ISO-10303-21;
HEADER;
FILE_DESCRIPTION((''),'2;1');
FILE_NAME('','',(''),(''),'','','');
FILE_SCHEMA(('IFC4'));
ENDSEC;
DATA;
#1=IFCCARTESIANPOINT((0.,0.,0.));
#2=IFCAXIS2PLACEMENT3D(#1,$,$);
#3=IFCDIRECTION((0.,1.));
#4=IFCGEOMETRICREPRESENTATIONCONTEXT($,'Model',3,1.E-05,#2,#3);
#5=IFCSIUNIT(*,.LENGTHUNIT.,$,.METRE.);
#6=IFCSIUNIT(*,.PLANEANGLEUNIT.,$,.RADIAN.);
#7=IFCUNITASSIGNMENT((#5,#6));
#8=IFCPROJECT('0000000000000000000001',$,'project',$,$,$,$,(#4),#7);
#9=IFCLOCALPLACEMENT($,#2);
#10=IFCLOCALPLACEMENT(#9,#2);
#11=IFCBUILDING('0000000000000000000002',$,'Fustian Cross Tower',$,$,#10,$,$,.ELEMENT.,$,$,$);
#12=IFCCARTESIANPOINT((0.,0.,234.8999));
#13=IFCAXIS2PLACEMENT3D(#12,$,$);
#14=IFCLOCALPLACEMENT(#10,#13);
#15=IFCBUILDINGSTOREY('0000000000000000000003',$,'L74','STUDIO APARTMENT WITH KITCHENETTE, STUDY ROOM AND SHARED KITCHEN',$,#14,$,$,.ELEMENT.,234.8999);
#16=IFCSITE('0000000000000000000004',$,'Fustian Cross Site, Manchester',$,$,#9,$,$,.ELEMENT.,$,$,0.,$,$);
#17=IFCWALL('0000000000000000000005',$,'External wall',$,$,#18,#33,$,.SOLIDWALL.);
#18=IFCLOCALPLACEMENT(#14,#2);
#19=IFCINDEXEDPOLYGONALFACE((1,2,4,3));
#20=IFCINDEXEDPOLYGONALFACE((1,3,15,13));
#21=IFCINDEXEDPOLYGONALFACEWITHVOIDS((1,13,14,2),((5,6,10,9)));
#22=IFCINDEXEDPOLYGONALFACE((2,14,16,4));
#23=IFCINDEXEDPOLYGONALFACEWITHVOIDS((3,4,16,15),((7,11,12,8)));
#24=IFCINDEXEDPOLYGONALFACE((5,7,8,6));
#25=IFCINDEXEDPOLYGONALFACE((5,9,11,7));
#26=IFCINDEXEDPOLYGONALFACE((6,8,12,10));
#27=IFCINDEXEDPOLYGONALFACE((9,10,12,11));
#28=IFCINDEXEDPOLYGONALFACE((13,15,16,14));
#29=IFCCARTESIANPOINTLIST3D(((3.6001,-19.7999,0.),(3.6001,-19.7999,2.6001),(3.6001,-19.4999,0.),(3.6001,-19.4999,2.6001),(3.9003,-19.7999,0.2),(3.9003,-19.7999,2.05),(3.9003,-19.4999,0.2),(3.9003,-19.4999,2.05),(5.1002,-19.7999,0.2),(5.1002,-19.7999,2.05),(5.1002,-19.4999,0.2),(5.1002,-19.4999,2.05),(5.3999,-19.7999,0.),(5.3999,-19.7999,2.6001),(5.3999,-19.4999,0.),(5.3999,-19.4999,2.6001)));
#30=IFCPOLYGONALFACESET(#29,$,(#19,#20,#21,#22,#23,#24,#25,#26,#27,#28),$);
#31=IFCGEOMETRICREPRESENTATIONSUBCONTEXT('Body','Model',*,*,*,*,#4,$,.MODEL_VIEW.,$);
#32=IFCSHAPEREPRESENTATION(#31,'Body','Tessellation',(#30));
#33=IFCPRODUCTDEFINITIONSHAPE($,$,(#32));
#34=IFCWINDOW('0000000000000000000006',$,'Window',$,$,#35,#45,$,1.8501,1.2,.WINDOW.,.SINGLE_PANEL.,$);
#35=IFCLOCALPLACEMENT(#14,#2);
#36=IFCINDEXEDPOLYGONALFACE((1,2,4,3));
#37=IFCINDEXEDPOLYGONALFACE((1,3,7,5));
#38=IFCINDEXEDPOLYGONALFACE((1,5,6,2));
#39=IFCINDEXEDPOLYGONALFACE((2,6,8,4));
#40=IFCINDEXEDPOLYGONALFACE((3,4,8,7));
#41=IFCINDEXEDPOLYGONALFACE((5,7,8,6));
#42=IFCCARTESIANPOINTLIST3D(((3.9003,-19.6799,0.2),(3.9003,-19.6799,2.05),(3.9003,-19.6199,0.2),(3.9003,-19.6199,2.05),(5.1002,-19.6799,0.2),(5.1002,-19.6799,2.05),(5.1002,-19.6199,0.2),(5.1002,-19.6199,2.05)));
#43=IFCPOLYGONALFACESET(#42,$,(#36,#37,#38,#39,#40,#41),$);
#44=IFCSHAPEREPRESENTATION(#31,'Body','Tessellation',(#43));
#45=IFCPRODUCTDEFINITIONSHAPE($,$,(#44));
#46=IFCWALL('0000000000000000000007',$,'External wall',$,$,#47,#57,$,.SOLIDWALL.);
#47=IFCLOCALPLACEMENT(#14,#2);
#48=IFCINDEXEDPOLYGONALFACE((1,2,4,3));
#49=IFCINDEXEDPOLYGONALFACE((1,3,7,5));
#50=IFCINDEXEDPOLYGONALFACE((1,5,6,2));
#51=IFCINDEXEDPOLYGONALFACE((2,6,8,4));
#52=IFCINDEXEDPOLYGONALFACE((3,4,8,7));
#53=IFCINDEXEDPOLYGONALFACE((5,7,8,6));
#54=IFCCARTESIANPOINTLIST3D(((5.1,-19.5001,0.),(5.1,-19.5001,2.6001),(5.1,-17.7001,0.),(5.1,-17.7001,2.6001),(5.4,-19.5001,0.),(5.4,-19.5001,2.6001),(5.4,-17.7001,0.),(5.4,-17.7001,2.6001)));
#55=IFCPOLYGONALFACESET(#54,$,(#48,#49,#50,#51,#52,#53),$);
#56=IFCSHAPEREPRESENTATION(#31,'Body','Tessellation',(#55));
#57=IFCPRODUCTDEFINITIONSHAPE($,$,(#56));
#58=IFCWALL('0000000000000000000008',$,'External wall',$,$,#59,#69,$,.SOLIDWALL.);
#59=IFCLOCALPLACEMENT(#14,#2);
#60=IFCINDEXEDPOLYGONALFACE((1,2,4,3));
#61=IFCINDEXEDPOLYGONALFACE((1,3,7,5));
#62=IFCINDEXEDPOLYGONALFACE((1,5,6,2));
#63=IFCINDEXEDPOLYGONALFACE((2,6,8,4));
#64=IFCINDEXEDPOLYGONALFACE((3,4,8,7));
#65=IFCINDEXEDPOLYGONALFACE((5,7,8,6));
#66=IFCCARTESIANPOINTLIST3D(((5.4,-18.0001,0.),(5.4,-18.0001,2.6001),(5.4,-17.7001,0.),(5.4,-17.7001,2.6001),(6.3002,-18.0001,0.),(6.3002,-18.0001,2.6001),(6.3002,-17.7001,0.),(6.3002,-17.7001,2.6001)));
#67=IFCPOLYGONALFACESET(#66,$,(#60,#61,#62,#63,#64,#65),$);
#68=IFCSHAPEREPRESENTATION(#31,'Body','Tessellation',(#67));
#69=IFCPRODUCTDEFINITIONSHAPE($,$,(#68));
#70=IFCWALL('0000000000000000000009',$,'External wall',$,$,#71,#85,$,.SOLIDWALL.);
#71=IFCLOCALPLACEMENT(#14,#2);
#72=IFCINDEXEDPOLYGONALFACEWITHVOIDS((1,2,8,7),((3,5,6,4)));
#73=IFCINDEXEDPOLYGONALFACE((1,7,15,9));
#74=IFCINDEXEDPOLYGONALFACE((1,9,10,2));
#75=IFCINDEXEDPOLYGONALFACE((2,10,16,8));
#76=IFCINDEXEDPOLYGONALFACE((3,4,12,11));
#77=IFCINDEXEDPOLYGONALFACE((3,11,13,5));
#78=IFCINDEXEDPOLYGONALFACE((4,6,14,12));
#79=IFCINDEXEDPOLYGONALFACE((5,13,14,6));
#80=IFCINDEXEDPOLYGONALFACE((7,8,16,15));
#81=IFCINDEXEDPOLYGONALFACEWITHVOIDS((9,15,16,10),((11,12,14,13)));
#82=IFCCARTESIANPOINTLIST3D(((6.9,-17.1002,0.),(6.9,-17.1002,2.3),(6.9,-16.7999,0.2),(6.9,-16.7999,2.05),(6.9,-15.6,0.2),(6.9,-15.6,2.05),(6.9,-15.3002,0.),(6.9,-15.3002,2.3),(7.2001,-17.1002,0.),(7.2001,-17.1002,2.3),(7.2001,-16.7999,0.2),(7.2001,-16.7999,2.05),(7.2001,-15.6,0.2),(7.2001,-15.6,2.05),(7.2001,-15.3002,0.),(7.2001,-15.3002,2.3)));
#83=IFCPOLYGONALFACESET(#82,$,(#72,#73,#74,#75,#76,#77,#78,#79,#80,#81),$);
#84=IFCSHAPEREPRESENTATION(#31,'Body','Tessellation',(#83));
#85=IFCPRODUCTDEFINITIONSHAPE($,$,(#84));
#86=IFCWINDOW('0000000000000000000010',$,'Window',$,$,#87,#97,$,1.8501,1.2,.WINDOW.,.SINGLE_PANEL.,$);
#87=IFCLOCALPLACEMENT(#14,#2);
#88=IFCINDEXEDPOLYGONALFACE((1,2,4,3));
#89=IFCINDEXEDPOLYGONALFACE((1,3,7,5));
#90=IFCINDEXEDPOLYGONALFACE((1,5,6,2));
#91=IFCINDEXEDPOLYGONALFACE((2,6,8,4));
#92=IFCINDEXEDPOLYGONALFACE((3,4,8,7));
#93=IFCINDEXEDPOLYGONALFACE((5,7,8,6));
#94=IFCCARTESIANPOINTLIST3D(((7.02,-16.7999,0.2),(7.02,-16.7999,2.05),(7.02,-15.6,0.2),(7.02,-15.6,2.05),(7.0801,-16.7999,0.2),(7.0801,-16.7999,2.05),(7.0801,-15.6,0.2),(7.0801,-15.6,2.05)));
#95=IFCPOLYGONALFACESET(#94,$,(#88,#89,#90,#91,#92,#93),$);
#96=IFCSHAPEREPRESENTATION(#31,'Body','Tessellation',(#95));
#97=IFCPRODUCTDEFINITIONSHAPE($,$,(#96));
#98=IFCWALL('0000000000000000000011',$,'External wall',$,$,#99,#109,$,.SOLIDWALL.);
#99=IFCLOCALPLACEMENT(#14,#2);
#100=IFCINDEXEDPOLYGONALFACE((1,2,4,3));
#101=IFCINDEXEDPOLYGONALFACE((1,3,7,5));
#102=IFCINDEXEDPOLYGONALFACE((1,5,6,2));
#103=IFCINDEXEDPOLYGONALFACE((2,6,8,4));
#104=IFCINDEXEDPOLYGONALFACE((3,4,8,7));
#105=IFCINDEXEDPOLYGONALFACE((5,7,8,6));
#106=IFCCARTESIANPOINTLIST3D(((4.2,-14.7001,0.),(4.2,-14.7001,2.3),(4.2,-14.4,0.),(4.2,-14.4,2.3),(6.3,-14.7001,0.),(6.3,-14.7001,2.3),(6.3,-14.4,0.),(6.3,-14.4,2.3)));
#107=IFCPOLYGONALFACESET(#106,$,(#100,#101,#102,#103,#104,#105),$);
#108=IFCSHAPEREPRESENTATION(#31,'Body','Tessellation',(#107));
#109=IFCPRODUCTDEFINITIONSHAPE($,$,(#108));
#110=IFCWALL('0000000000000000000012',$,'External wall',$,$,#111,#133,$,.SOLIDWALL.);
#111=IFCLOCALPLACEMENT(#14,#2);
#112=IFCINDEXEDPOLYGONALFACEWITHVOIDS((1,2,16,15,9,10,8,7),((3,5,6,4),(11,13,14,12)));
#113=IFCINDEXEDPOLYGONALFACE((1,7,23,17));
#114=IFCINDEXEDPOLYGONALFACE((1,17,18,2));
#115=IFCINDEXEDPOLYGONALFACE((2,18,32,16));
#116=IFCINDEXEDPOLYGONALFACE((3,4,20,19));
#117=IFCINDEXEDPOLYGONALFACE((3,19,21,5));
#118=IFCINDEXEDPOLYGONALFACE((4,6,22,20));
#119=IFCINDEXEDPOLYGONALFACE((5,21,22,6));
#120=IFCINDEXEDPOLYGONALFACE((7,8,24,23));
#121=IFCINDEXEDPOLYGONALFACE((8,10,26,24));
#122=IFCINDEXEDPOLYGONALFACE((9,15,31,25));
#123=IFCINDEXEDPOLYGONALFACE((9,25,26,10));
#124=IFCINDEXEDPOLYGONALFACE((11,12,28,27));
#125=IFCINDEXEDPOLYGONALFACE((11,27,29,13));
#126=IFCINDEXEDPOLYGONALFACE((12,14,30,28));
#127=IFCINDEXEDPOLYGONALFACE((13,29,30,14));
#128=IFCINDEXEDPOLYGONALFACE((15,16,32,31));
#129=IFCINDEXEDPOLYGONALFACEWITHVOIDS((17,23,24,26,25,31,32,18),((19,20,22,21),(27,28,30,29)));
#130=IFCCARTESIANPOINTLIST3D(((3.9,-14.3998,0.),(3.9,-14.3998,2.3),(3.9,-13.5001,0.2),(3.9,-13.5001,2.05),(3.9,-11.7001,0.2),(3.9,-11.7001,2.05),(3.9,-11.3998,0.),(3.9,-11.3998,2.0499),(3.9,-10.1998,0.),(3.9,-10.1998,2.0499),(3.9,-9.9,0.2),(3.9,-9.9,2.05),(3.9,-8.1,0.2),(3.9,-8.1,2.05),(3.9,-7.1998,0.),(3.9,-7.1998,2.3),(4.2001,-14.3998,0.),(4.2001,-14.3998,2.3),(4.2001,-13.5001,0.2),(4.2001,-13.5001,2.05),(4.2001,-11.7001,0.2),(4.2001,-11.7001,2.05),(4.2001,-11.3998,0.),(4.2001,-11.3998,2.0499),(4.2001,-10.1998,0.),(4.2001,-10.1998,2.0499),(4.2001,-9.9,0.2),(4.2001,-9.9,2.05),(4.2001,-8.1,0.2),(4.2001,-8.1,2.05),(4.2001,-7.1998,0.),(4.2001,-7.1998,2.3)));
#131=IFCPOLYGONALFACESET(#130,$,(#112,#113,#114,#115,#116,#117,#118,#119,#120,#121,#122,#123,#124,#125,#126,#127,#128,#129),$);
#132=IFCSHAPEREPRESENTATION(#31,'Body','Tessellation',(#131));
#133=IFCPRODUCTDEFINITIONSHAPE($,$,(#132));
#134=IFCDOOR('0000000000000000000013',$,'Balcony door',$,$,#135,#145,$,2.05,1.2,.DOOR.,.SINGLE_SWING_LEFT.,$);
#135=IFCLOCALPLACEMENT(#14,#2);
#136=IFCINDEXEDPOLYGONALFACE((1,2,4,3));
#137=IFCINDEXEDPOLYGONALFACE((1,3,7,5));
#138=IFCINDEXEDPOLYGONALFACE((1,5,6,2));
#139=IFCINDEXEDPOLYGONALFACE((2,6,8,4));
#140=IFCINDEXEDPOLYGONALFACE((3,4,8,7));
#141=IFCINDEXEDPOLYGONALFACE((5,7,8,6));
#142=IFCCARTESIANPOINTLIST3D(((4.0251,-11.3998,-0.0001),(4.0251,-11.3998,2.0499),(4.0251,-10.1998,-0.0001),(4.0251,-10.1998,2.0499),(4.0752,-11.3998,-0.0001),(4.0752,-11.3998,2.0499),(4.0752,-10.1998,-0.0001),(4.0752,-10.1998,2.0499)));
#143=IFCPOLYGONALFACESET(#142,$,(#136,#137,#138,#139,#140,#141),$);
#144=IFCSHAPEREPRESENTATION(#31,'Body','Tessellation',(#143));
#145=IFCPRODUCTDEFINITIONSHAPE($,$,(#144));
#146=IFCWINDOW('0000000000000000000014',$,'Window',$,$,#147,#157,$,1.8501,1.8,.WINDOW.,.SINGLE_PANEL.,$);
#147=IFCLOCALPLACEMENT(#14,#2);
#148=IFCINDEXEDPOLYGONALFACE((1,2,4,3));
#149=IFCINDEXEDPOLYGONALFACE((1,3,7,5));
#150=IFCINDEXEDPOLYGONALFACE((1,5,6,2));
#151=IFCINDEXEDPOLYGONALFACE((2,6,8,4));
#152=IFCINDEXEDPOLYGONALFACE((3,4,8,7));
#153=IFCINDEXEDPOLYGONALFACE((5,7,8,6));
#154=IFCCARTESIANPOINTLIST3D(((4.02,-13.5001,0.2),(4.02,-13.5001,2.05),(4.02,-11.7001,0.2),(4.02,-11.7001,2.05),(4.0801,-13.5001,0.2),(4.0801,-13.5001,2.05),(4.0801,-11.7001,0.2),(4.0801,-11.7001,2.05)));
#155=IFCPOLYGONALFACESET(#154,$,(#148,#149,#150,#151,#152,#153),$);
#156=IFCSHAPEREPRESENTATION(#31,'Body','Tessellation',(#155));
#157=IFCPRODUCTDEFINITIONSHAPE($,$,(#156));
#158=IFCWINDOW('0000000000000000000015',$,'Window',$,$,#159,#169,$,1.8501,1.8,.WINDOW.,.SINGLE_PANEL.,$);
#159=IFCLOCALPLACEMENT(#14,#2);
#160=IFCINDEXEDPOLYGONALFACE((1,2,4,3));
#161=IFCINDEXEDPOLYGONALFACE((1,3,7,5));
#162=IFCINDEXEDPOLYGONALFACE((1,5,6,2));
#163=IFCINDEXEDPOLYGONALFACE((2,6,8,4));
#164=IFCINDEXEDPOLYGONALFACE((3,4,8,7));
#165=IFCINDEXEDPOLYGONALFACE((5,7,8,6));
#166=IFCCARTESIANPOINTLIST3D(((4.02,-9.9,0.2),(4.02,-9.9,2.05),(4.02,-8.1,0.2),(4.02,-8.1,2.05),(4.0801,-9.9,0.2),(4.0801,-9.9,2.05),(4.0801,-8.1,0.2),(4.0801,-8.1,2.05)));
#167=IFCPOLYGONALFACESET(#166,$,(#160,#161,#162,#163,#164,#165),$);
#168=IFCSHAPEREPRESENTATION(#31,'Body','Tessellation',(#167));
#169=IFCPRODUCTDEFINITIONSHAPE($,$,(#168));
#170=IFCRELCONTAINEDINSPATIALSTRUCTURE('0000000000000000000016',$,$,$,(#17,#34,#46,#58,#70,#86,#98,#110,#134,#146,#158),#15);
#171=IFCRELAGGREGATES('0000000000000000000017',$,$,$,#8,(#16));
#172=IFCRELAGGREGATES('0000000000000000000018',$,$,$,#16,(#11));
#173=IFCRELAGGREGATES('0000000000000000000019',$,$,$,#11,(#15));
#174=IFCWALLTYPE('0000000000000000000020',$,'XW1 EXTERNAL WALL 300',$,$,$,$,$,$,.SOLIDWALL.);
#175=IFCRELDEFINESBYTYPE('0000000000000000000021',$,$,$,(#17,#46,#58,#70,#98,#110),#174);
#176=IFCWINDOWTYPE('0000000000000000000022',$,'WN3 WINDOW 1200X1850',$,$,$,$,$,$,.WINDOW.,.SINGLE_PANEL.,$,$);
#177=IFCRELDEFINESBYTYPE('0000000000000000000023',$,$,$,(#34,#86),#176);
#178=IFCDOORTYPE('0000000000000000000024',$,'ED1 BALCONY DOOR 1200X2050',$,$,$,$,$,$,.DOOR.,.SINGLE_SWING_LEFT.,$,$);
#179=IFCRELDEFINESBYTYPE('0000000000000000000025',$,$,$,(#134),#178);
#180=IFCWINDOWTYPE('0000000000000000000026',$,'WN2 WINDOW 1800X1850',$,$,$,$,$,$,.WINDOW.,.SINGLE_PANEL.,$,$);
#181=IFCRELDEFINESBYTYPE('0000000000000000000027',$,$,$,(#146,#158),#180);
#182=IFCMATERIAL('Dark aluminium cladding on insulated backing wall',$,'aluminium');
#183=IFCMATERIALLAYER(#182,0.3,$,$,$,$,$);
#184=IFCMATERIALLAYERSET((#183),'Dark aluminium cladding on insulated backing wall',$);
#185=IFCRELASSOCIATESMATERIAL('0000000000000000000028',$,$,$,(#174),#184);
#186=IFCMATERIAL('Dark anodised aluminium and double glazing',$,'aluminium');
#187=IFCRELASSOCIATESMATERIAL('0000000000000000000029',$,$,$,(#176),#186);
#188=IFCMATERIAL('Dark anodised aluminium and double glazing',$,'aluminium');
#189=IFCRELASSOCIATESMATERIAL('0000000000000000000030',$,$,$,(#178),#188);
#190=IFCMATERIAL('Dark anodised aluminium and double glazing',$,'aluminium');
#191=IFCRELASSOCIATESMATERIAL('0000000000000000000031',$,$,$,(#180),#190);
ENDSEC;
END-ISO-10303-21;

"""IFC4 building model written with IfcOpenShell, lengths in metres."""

from ifc_helpers import new_model, si_unit, direction, frame, frame_2d, origin, place, context, subcontext, project, spatial, rectangle, extrude, material, layer, layer_set, type_object, element, fill, save


model = new_model("IFC4")

# Units and contexts
model_context = context("Model", 3, precision=1e-05, world=origin(), true_north=direction((0.0, 1.0)))
body_context = subcontext(model_context, "Body", "Model", "MODEL_VIEW")
ifc_project = project(units=[si_unit("LENGTHUNIT", "METRE"), si_unit("PLANEANGLEUNIT", "RADIAN")], contexts=[model_context])

# Site, building, storey
site_placement = place(None, origin())
site = spatial("IfcSite", under=ifc_project, at=site_placement, Name="Fustian Cross Site, Manchester", CompositionType="ELEMENT", RefElevation=0.0)
building_placement = place(site_placement, origin())
building = spatial("IfcBuilding", under=site, at=building_placement, Name="Fustian Cross Tower", CompositionType="ELEMENT")
storey_placement = place(building_placement, frame((0.0, 0.0, 234.8999)))
storey = spatial("IfcBuildingStorey", under=building, at=storey_placement, Name="L74", Description="STUDIO APARTMENT WITH KITCHENETTE, STUDY ROOM AND SHARED KITCHEN", CompositionType="ELEMENT", Elevation=234.8999)

# Shared definitions
ifc_material_1 = material(Name="Dark aluminium cladding on insulated backing wall", Category="aluminium")
ifc_layer_1 = layer(ifc_material_1, 0.3)
ifc_layer_set_1 = layer_set([ifc_layer_1], Name="Dark aluminium cladding on insulated backing wall")
wall_type_1 = type_object("IfcWallType", Name="XW1 EXTERNAL WALL 300", PredefinedType="SOLIDWALL", material=ifc_layer_set_1)

# Wall, opening, window
wall_1_placement = place(storey_placement, frame((3.6001, -19.6499, 0.0), z_axis=(0.0, 0.0, 1.0), x_axis=(1.0, 0.0, 0.0)))
wall_1 = element("IfcWall", 1, at=wall_1_placement, inside=storey, type_object=wall_type_1, Name="External wall", PredefinedType="SOLIDWALL", context=body_context, shape_type="SweptSolid", body=[
    extrude(rectangle(XDim=1.7998, YDim=0.3, at=frame_2d((0.8999, 0.0))), origin(), (0.0, 0.0, 1.0), 2.6001),
])
opening_1_placement = place(wall_1_placement, frame((0.3, 0.0, 0.2)))
opening_1 = element("IfcOpeningElement", 2, at=opening_1_placement, cuts=wall_1, PredefinedType="OPENING", context=body_context, shape_type="SweptSolid", body=[
    extrude(rectangle(XDim=1.2, YDim=1.8501, at=frame_2d((0.6001, 0.925))), frame((0.0, 0.1599, 0.0), z_axis=(0.0, -1.0, 0.0), x_axis=(1.0, 0.0, 0.0)), (0.0, 0.0, 1.0), 0.3201),
])
ifc_material_2 = material(Name="Dark anodised aluminium and double glazing", Category="aluminium")
window_type_1 = type_object("IfcWindowType", Name="WN3 WINDOW 1200X1850", PartitioningType="SINGLE_PANEL", PredefinedType="WINDOW", material=ifc_material_2)
window_1_placement = place(opening_1_placement, origin())
window_1 = element("IfcWindow", 3, at=window_1_placement, inside=storey, type_object=window_type_1, Name="Window", OverallHeight=1.8501, OverallWidth=1.2, PartitioningType="SINGLE_PANEL", PredefinedType="WINDOW", context=body_context, shape_type="SweptSolid", body=[
    extrude(rectangle(XDim=1.2, YDim=1.8501, at=frame_2d((0.6001, 0.925))), frame((0.0, 0.03, 0.0), z_axis=(0.0, -1.0, 0.0), x_axis=(1.0, 0.0, 0.0)), (0.0, 0.0, 1.0), 0.0601),
])
fill(opening_1, window_1)

# Walls
wall_2_placement = place(storey_placement, frame((5.25, -19.5, 0.0), z_axis=(0.0, 0.0, 1.0), x_axis=(0.0, 1.0, 0.0)))
element("IfcWall", 4, at=wall_2_placement, inside=storey, type_object=wall_type_1, Name="External wall", PredefinedType="SOLIDWALL", context=body_context, shape_type="SweptSolid", body=[
    extrude(rectangle(XDim=1.8, YDim=0.3, at=frame_2d((0.8999, 0.0))), origin(), (0.0, 0.0, 1.0), 2.6001),
])
wall_3_placement = place(storey_placement, frame((5.3999, -17.8501, 0.0), z_axis=(0.0, 0.0, 1.0), x_axis=(1.0, 0.0, 0.0)))
element("IfcWall", 5, at=wall_3_placement, inside=storey, type_object=wall_type_1, Name="External wall", PredefinedType="SOLIDWALL", context=body_context, shape_type="SweptSolid", body=[
    extrude(rectangle(XDim=0.9001, YDim=0.3, at=frame_2d((0.4502, 0.0))), origin(), (0.0, 0.0, 1.0), 2.6001),
])

# Wall, opening, window
wall_4_placement = place(storey_placement, frame((7.05, -17.1001, 0.0), z_axis=(0.0, 0.0, 1.0), x_axis=(0.0, 1.0, 0.0)))
wall_4 = element("IfcWall", 6, at=wall_4_placement, inside=storey, type_object=wall_type_1, Name="External wall", PredefinedType="SOLIDWALL", context=body_context, shape_type="SweptSolid", body=[
    extrude(rectangle(XDim=1.8, YDim=0.3, at=frame_2d((0.8999, 0.0))), origin(), (0.0, 0.0, 1.0), 2.3),
])
opening_2_placement = place(wall_4_placement, frame((0.3, 0.0, 0.2)))
opening_2 = element("IfcOpeningElement", 7, at=opening_2_placement, cuts=wall_4, PredefinedType="OPENING", context=body_context, shape_type="SweptSolid", body=[
    extrude(rectangle(XDim=1.2, YDim=1.8501, at=frame_2d((0.6001, 0.925))), frame((0.0, 0.1599, 0.0), z_axis=(0.0, -1.0, 0.0), x_axis=(1.0, 0.0, 0.0)), (0.0, 0.0, 1.0), 0.3201),
])
window_2_placement = place(opening_2_placement, origin())
window_2 = element("IfcWindow", 8, at=window_2_placement, inside=storey, type_object=window_type_1, Name="Window", OverallHeight=1.8501, OverallWidth=1.2, PartitioningType="SINGLE_PANEL", PredefinedType="WINDOW", context=body_context, shape_type="SweptSolid", body=[
    extrude(rectangle(XDim=1.2, YDim=1.8501, at=frame_2d((0.6001, 0.925))), frame((0.0, 0.03, 0.0), z_axis=(0.0, -1.0, 0.0), x_axis=(1.0, 0.0, 0.0)), (0.0, 0.0, 1.0), 0.0601),
])
fill(opening_2, window_2)

# Wall
wall_5_placement = place(storey_placement, frame((6.3, -14.55, 0.0), z_axis=(0.0, 0.0, 1.0), x_axis=(-1.0, 0.0, 0.0)))
element("IfcWall", 9, at=wall_5_placement, inside=storey, type_object=wall_type_1, Name="External wall", PredefinedType="SOLIDWALL", context=body_context, shape_type="SweptSolid", body=[
    extrude(rectangle(XDim=2.1001, YDim=0.3, at=frame_2d((1.05, 0.0))), origin(), (0.0, 0.0, 1.0), 2.3),
])

# Wall, openings, door, windows
wall_6_placement = place(storey_placement, frame((4.05, -14.3999, 0.0), z_axis=(0.0, 0.0, 1.0), x_axis=(0.0, 1.0, 0.0)))
wall_6 = element("IfcWall", 10, at=wall_6_placement, inside=storey, type_object=wall_type_1, Name="External wall", PredefinedType="SOLIDWALL", context=body_context, shape_type="SweptSolid", body=[
    extrude(rectangle(XDim=7.2, YDim=0.3, at=frame_2d((3.6001, 0.0))), origin(), (0.0, 0.0, 1.0), 2.3),
])
opening_3_placement = place(wall_6_placement, frame((3.0, 0.0, 0.0)))
opening_3 = element("IfcOpeningElement", 11, at=opening_3_placement, cuts=wall_6, PredefinedType="OPENING", context=body_context, shape_type="SweptSolid", body=[
    extrude(rectangle(XDim=1.2, YDim=2.05, at=frame_2d((0.6001, 1.0249))), frame((0.0, 0.1599, 0.0), z_axis=(0.0, -1.0, 0.0), x_axis=(1.0, 0.0, 0.0)), (0.0, 0.0, 1.0), 0.3201),
])
opening_4_placement = place(wall_6_placement, frame((0.8999, 0.0, 0.2)))
opening_4 = element("IfcOpeningElement", 12, at=opening_4_placement, cuts=wall_6, PredefinedType="OPENING", context=body_context, shape_type="SweptSolid", body=[
    extrude(rectangle(XDim=1.8, YDim=1.8501, at=frame_2d((0.8999, 0.925))), frame((0.0, 0.1599, 0.0), z_axis=(0.0, -1.0, 0.0), x_axis=(1.0, 0.0, 0.0)), (0.0, 0.0, 1.0), 0.3201),
])
opening_5_placement = place(wall_6_placement, frame((4.5, 0.0, 0.2)))
opening_5 = element("IfcOpeningElement", 13, at=opening_5_placement, cuts=wall_6, PredefinedType="OPENING", context=body_context, shape_type="SweptSolid", body=[
    extrude(rectangle(XDim=1.8, YDim=1.8501, at=frame_2d((0.8999, 0.925))), frame((0.0, 0.1599, 0.0), z_axis=(0.0, -1.0, 0.0), x_axis=(1.0, 0.0, 0.0)), (0.0, 0.0, 1.0), 0.3201),
])
ifc_material_3 = material(Name="Dark anodised aluminium and double glazing", Category="aluminium")
door_type_1 = type_object("IfcDoorType", Name="ED1 BALCONY DOOR 1200X2050", OperationType="SINGLE_SWING_LEFT", PredefinedType="DOOR", material=ifc_material_3)
door_1_placement = place(opening_3_placement, origin())
door_1 = element("IfcDoor", 14, at=door_1_placement, inside=storey, type_object=door_type_1, Name="Balcony door", OperationType="SINGLE_SWING_LEFT", OverallHeight=2.05, OverallWidth=1.2, PredefinedType="DOOR", context=body_context, shape_type="SweptSolid", body=[
    extrude(rectangle(XDim=1.2, YDim=2.05, at=frame_2d((0.6001, 1.0249))), frame((0.0, 0.0249, 0.0), z_axis=(0.0, -1.0, 0.0), x_axis=(1.0, 0.0, 0.0)), (0.0, 0.0, 1.0), 0.05),
])
fill(opening_3, door_1)
ifc_material_4 = material(Name="Dark anodised aluminium and double glazing", Category="aluminium")
window_type_2 = type_object("IfcWindowType", Name="WN2 WINDOW 1800X1850", PartitioningType="SINGLE_PANEL", PredefinedType="WINDOW", material=ifc_material_4)
window_3_placement = place(opening_4_placement, origin())
window_3 = element("IfcWindow", 15, at=window_3_placement, inside=storey, type_object=window_type_2, Name="Window", OverallHeight=1.8501, OverallWidth=1.8, PartitioningType="SINGLE_PANEL", PredefinedType="WINDOW", context=body_context, shape_type="SweptSolid", body=[
    extrude(rectangle(XDim=1.8, YDim=1.8501, at=frame_2d((0.8999, 0.925))), frame((0.0, 0.03, 0.0), z_axis=(0.0, -1.0, 0.0), x_axis=(1.0, 0.0, 0.0)), (0.0, 0.0, 1.0), 0.0601),
])
fill(opening_4, window_3)
window_4_placement = place(opening_5_placement, origin())
window_4 = element("IfcWindow", 16, at=window_4_placement, inside=storey, type_object=window_type_2, Name="Window", OverallHeight=1.8501, OverallWidth=1.8, PartitioningType="SINGLE_PANEL", PredefinedType="WINDOW", context=body_context, shape_type="SweptSolid", body=[
    extrude(rectangle(XDim=1.8, YDim=1.8501, at=frame_2d((0.8999, 0.925))), frame((0.0, 0.03, 0.0), z_axis=(0.0, -1.0, 0.0), x_axis=(1.0, 0.0, 0.0)), (0.0, 0.0, 1.0), 0.0601),
])
fill(opening_5, window_4)

save(model, "model.ifc")
